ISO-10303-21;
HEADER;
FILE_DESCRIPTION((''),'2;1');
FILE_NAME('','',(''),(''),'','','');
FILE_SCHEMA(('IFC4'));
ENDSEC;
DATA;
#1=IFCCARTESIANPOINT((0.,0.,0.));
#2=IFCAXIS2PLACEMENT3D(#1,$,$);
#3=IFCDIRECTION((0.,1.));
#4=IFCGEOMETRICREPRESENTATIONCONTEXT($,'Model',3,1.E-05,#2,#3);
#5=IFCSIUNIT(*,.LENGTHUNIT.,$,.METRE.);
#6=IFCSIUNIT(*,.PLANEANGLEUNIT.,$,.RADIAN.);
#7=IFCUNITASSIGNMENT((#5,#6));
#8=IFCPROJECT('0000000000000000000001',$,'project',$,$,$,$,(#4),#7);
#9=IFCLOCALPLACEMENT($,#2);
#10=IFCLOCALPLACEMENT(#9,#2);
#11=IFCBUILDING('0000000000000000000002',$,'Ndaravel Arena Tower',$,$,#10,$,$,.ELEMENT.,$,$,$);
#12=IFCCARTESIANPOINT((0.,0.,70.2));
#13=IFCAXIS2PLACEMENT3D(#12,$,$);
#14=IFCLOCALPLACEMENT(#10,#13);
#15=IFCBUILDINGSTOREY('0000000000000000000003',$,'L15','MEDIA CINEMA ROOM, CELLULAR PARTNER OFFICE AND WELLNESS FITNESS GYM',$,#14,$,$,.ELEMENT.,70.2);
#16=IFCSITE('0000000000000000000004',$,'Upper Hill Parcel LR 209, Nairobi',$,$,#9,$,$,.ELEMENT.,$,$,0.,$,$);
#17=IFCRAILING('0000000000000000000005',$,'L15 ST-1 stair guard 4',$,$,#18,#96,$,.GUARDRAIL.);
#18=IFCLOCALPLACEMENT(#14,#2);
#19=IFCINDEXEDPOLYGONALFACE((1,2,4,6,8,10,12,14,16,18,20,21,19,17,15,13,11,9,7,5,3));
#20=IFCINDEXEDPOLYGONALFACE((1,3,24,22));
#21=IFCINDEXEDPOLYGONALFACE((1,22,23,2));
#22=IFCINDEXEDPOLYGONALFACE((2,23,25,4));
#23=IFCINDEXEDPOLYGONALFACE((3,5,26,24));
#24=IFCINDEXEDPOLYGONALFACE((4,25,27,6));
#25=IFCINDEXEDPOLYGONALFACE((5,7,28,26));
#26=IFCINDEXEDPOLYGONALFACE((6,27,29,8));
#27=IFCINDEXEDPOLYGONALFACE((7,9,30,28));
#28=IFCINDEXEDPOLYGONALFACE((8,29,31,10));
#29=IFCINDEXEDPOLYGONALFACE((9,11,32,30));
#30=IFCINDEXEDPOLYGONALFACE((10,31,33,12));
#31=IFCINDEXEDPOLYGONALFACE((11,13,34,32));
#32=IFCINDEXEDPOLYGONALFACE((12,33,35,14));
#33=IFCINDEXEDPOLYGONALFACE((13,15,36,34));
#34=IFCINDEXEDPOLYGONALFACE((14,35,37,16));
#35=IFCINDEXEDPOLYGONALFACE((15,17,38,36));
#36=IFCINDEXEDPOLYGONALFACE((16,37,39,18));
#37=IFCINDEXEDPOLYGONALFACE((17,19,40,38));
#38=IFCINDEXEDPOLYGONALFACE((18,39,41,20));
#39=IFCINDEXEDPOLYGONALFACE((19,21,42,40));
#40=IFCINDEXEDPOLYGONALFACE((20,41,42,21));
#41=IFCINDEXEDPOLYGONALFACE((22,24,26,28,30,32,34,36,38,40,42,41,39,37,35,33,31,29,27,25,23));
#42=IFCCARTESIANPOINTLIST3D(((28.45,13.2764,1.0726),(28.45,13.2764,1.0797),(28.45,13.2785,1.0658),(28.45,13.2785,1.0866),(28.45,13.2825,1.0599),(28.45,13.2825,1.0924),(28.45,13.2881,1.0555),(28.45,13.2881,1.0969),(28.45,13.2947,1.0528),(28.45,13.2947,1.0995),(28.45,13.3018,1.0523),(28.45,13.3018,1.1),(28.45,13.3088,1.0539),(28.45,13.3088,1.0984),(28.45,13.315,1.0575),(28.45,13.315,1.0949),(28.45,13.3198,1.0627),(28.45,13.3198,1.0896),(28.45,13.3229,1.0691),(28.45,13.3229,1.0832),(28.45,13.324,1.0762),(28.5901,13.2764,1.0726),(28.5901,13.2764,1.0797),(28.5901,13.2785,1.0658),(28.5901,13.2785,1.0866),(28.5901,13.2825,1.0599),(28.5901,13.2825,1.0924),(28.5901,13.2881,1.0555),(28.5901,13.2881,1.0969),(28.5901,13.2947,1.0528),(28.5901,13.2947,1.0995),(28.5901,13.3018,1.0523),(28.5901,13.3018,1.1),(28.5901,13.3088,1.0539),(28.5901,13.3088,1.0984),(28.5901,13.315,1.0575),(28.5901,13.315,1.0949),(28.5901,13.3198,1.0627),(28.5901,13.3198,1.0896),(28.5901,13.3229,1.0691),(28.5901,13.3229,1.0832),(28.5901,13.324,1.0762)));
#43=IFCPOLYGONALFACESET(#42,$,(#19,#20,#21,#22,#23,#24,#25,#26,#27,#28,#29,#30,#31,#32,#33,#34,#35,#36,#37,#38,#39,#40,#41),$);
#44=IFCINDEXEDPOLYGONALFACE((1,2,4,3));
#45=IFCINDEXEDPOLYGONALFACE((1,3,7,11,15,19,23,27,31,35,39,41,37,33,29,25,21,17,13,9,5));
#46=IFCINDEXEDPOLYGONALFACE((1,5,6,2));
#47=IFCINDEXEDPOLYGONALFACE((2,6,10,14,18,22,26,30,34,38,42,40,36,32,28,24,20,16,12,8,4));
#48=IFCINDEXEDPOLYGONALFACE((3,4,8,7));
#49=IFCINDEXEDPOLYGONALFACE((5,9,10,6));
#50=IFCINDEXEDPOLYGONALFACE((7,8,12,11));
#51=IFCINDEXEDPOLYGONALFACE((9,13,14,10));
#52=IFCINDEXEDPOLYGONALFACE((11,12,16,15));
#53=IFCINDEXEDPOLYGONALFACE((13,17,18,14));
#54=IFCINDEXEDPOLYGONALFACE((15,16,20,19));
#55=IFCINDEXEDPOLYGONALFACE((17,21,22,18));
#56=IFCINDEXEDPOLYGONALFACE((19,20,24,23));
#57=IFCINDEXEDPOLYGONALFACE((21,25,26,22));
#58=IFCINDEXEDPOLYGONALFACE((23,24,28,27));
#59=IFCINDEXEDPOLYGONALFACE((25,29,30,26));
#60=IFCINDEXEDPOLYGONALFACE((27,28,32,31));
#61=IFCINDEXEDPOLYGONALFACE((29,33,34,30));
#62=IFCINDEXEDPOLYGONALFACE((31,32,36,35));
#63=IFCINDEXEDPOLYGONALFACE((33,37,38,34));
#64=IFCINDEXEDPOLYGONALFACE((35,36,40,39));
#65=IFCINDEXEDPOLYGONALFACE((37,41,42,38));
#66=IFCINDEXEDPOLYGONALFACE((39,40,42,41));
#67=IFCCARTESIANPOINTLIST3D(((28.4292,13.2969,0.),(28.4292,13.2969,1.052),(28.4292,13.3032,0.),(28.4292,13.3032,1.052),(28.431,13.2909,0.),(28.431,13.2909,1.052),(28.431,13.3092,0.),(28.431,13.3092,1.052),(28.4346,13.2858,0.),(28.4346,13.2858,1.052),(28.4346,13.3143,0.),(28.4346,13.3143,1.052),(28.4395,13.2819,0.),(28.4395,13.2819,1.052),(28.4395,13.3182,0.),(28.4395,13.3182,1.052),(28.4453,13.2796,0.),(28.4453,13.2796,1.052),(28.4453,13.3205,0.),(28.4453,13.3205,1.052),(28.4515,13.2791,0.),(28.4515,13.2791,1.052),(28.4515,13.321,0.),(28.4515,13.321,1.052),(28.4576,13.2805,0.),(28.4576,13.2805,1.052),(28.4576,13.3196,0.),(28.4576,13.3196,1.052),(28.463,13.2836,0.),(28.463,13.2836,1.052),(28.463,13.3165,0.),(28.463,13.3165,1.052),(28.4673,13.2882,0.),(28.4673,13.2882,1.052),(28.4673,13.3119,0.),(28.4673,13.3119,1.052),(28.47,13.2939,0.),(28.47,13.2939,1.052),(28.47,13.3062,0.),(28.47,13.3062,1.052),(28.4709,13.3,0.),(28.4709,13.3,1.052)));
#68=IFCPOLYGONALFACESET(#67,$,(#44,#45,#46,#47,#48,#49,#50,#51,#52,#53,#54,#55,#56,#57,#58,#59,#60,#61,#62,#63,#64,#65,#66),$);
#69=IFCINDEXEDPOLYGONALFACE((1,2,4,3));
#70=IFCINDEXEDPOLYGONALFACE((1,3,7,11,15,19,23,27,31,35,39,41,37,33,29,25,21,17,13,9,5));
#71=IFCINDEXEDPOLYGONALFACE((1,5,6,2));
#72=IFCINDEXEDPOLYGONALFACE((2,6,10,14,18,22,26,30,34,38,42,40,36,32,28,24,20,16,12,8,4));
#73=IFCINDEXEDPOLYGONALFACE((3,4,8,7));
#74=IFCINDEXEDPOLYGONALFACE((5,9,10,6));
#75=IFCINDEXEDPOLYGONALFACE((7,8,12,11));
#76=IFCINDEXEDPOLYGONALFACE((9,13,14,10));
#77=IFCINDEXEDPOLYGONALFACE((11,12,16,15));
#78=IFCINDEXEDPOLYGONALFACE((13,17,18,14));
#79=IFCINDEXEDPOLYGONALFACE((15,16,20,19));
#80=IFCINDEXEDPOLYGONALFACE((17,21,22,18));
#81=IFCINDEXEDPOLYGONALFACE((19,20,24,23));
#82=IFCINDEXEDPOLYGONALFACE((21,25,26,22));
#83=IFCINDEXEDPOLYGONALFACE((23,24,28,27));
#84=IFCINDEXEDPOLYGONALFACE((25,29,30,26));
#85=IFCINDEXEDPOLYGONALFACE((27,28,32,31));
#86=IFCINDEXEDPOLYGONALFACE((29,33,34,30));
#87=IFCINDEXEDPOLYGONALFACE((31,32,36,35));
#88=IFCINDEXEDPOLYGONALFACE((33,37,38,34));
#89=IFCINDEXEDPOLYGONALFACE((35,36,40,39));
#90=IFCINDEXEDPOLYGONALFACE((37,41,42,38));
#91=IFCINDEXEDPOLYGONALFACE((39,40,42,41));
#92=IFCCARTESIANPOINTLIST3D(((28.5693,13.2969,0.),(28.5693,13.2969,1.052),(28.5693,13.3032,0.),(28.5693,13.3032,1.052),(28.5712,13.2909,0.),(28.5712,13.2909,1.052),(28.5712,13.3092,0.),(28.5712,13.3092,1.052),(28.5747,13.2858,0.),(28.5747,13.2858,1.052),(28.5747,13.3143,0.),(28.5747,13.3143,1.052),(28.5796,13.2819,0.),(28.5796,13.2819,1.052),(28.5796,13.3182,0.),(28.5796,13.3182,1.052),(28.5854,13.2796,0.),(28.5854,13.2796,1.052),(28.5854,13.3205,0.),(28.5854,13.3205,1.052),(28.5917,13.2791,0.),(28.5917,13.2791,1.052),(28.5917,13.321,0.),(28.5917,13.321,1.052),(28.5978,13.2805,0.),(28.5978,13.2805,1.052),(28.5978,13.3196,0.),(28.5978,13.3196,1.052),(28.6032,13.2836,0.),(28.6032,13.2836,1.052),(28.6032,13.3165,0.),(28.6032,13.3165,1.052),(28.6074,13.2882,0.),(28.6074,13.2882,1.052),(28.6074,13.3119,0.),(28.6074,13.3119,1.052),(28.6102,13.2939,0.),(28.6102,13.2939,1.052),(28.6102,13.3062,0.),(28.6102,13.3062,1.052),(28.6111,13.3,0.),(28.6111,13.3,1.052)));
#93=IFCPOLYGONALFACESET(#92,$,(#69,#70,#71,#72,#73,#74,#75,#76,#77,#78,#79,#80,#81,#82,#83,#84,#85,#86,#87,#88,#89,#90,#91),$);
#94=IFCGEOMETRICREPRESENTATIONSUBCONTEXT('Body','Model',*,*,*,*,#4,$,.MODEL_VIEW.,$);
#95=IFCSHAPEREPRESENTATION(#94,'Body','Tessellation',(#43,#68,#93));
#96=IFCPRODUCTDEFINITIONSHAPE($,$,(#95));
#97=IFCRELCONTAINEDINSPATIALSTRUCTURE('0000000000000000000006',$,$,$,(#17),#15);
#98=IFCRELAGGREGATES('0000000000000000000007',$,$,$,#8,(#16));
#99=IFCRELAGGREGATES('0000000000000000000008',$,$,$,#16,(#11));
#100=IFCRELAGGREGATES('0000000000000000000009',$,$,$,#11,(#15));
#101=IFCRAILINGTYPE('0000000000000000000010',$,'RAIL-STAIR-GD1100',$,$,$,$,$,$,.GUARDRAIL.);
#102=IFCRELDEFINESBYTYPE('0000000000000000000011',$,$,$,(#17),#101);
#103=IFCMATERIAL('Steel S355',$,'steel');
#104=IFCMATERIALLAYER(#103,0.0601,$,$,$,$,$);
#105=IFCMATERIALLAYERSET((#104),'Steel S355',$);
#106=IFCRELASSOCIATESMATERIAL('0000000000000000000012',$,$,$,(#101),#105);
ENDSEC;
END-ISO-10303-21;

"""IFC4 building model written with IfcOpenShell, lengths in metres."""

from ifc_helpers import new_model, si_unit, direction, frame, origin, origin_2d, place, context, subcontext, project, spatial, circle, extrude, material, layer, layer_set, type_object, element, save


model = new_model("IFC4")

# Units and contexts
model_context = context("Model", 3, precision=1e-05, world=origin(), true_north=direction((0.0, 1.0)))
body_context = subcontext(model_context, "Body", "Model", "MODEL_VIEW")
ifc_project = project(units=[si_unit("LENGTHUNIT", "METRE"), si_unit("PLANEANGLEUNIT", "RADIAN")], contexts=[model_context])

# Site, building, storey
site_placement = place(None, origin())
site = spatial("IfcSite", under=ifc_project, at=site_placement, Name="Upper Hill Parcel LR 209, Nairobi", CompositionType="ELEMENT", RefElevation=0.0)
building_placement = place(site_placement, origin())
building = spatial("IfcBuilding", under=site, at=building_placement, Name="Ndaravel Arena Tower", CompositionType="ELEMENT")
storey_placement = place(building_placement, frame((0.0, 0.0, 70.2)))
storey = spatial("IfcBuildingStorey", under=building, at=storey_placement, Name="L15", Description="MEDIA CINEMA ROOM, CELLULAR PARTNER OFFICE AND WELLNESS FITNESS GYM", CompositionType="ELEMENT", Elevation=70.2)

# Railing
ifc_material_1 = material(Name="Steel S355", Category="steel")
ifc_layer_1 = layer(ifc_material_1, 0.0601)
ifc_layer_set_1 = layer_set([ifc_layer_1], Name="Steel S355")
railing_type_1 = type_object("IfcRailingType", Name="RAIL-STAIR-GD1100", PredefinedType="GUARDRAIL", material=ifc_layer_set_1)
railing_1_placement = place(storey_placement, frame((28.45, 13.3, 0.0)))
element("IfcRailing", 1, at=railing_1_placement, inside=storey, type_object=railing_type_1, Name="L15 ST-1 stair guard 4", PredefinedType="GUARDRAIL", context=body_context, shape_type="SweptSolid", body=[
    extrude(circle(Radius=0.0239, at=origin_2d()), frame((0.0, 0.0, 1.0762), z_axis=(1.0, 0.0, 0.0), x_axis=(0.0, 1.0, 0.0)), (0.0, 0.0, 1.0), 0.1401),
    extrude(circle(Radius=0.021, at=origin_2d()), origin(), (0.0, 0.0, 1.0), 1.052),
    extrude(circle(Radius=0.021, at=origin_2d()), frame((0.1401, 0.0, 0.0)), (0.0, 0.0, 1.0), 1.052),
])

save(model, "model.ifc")
